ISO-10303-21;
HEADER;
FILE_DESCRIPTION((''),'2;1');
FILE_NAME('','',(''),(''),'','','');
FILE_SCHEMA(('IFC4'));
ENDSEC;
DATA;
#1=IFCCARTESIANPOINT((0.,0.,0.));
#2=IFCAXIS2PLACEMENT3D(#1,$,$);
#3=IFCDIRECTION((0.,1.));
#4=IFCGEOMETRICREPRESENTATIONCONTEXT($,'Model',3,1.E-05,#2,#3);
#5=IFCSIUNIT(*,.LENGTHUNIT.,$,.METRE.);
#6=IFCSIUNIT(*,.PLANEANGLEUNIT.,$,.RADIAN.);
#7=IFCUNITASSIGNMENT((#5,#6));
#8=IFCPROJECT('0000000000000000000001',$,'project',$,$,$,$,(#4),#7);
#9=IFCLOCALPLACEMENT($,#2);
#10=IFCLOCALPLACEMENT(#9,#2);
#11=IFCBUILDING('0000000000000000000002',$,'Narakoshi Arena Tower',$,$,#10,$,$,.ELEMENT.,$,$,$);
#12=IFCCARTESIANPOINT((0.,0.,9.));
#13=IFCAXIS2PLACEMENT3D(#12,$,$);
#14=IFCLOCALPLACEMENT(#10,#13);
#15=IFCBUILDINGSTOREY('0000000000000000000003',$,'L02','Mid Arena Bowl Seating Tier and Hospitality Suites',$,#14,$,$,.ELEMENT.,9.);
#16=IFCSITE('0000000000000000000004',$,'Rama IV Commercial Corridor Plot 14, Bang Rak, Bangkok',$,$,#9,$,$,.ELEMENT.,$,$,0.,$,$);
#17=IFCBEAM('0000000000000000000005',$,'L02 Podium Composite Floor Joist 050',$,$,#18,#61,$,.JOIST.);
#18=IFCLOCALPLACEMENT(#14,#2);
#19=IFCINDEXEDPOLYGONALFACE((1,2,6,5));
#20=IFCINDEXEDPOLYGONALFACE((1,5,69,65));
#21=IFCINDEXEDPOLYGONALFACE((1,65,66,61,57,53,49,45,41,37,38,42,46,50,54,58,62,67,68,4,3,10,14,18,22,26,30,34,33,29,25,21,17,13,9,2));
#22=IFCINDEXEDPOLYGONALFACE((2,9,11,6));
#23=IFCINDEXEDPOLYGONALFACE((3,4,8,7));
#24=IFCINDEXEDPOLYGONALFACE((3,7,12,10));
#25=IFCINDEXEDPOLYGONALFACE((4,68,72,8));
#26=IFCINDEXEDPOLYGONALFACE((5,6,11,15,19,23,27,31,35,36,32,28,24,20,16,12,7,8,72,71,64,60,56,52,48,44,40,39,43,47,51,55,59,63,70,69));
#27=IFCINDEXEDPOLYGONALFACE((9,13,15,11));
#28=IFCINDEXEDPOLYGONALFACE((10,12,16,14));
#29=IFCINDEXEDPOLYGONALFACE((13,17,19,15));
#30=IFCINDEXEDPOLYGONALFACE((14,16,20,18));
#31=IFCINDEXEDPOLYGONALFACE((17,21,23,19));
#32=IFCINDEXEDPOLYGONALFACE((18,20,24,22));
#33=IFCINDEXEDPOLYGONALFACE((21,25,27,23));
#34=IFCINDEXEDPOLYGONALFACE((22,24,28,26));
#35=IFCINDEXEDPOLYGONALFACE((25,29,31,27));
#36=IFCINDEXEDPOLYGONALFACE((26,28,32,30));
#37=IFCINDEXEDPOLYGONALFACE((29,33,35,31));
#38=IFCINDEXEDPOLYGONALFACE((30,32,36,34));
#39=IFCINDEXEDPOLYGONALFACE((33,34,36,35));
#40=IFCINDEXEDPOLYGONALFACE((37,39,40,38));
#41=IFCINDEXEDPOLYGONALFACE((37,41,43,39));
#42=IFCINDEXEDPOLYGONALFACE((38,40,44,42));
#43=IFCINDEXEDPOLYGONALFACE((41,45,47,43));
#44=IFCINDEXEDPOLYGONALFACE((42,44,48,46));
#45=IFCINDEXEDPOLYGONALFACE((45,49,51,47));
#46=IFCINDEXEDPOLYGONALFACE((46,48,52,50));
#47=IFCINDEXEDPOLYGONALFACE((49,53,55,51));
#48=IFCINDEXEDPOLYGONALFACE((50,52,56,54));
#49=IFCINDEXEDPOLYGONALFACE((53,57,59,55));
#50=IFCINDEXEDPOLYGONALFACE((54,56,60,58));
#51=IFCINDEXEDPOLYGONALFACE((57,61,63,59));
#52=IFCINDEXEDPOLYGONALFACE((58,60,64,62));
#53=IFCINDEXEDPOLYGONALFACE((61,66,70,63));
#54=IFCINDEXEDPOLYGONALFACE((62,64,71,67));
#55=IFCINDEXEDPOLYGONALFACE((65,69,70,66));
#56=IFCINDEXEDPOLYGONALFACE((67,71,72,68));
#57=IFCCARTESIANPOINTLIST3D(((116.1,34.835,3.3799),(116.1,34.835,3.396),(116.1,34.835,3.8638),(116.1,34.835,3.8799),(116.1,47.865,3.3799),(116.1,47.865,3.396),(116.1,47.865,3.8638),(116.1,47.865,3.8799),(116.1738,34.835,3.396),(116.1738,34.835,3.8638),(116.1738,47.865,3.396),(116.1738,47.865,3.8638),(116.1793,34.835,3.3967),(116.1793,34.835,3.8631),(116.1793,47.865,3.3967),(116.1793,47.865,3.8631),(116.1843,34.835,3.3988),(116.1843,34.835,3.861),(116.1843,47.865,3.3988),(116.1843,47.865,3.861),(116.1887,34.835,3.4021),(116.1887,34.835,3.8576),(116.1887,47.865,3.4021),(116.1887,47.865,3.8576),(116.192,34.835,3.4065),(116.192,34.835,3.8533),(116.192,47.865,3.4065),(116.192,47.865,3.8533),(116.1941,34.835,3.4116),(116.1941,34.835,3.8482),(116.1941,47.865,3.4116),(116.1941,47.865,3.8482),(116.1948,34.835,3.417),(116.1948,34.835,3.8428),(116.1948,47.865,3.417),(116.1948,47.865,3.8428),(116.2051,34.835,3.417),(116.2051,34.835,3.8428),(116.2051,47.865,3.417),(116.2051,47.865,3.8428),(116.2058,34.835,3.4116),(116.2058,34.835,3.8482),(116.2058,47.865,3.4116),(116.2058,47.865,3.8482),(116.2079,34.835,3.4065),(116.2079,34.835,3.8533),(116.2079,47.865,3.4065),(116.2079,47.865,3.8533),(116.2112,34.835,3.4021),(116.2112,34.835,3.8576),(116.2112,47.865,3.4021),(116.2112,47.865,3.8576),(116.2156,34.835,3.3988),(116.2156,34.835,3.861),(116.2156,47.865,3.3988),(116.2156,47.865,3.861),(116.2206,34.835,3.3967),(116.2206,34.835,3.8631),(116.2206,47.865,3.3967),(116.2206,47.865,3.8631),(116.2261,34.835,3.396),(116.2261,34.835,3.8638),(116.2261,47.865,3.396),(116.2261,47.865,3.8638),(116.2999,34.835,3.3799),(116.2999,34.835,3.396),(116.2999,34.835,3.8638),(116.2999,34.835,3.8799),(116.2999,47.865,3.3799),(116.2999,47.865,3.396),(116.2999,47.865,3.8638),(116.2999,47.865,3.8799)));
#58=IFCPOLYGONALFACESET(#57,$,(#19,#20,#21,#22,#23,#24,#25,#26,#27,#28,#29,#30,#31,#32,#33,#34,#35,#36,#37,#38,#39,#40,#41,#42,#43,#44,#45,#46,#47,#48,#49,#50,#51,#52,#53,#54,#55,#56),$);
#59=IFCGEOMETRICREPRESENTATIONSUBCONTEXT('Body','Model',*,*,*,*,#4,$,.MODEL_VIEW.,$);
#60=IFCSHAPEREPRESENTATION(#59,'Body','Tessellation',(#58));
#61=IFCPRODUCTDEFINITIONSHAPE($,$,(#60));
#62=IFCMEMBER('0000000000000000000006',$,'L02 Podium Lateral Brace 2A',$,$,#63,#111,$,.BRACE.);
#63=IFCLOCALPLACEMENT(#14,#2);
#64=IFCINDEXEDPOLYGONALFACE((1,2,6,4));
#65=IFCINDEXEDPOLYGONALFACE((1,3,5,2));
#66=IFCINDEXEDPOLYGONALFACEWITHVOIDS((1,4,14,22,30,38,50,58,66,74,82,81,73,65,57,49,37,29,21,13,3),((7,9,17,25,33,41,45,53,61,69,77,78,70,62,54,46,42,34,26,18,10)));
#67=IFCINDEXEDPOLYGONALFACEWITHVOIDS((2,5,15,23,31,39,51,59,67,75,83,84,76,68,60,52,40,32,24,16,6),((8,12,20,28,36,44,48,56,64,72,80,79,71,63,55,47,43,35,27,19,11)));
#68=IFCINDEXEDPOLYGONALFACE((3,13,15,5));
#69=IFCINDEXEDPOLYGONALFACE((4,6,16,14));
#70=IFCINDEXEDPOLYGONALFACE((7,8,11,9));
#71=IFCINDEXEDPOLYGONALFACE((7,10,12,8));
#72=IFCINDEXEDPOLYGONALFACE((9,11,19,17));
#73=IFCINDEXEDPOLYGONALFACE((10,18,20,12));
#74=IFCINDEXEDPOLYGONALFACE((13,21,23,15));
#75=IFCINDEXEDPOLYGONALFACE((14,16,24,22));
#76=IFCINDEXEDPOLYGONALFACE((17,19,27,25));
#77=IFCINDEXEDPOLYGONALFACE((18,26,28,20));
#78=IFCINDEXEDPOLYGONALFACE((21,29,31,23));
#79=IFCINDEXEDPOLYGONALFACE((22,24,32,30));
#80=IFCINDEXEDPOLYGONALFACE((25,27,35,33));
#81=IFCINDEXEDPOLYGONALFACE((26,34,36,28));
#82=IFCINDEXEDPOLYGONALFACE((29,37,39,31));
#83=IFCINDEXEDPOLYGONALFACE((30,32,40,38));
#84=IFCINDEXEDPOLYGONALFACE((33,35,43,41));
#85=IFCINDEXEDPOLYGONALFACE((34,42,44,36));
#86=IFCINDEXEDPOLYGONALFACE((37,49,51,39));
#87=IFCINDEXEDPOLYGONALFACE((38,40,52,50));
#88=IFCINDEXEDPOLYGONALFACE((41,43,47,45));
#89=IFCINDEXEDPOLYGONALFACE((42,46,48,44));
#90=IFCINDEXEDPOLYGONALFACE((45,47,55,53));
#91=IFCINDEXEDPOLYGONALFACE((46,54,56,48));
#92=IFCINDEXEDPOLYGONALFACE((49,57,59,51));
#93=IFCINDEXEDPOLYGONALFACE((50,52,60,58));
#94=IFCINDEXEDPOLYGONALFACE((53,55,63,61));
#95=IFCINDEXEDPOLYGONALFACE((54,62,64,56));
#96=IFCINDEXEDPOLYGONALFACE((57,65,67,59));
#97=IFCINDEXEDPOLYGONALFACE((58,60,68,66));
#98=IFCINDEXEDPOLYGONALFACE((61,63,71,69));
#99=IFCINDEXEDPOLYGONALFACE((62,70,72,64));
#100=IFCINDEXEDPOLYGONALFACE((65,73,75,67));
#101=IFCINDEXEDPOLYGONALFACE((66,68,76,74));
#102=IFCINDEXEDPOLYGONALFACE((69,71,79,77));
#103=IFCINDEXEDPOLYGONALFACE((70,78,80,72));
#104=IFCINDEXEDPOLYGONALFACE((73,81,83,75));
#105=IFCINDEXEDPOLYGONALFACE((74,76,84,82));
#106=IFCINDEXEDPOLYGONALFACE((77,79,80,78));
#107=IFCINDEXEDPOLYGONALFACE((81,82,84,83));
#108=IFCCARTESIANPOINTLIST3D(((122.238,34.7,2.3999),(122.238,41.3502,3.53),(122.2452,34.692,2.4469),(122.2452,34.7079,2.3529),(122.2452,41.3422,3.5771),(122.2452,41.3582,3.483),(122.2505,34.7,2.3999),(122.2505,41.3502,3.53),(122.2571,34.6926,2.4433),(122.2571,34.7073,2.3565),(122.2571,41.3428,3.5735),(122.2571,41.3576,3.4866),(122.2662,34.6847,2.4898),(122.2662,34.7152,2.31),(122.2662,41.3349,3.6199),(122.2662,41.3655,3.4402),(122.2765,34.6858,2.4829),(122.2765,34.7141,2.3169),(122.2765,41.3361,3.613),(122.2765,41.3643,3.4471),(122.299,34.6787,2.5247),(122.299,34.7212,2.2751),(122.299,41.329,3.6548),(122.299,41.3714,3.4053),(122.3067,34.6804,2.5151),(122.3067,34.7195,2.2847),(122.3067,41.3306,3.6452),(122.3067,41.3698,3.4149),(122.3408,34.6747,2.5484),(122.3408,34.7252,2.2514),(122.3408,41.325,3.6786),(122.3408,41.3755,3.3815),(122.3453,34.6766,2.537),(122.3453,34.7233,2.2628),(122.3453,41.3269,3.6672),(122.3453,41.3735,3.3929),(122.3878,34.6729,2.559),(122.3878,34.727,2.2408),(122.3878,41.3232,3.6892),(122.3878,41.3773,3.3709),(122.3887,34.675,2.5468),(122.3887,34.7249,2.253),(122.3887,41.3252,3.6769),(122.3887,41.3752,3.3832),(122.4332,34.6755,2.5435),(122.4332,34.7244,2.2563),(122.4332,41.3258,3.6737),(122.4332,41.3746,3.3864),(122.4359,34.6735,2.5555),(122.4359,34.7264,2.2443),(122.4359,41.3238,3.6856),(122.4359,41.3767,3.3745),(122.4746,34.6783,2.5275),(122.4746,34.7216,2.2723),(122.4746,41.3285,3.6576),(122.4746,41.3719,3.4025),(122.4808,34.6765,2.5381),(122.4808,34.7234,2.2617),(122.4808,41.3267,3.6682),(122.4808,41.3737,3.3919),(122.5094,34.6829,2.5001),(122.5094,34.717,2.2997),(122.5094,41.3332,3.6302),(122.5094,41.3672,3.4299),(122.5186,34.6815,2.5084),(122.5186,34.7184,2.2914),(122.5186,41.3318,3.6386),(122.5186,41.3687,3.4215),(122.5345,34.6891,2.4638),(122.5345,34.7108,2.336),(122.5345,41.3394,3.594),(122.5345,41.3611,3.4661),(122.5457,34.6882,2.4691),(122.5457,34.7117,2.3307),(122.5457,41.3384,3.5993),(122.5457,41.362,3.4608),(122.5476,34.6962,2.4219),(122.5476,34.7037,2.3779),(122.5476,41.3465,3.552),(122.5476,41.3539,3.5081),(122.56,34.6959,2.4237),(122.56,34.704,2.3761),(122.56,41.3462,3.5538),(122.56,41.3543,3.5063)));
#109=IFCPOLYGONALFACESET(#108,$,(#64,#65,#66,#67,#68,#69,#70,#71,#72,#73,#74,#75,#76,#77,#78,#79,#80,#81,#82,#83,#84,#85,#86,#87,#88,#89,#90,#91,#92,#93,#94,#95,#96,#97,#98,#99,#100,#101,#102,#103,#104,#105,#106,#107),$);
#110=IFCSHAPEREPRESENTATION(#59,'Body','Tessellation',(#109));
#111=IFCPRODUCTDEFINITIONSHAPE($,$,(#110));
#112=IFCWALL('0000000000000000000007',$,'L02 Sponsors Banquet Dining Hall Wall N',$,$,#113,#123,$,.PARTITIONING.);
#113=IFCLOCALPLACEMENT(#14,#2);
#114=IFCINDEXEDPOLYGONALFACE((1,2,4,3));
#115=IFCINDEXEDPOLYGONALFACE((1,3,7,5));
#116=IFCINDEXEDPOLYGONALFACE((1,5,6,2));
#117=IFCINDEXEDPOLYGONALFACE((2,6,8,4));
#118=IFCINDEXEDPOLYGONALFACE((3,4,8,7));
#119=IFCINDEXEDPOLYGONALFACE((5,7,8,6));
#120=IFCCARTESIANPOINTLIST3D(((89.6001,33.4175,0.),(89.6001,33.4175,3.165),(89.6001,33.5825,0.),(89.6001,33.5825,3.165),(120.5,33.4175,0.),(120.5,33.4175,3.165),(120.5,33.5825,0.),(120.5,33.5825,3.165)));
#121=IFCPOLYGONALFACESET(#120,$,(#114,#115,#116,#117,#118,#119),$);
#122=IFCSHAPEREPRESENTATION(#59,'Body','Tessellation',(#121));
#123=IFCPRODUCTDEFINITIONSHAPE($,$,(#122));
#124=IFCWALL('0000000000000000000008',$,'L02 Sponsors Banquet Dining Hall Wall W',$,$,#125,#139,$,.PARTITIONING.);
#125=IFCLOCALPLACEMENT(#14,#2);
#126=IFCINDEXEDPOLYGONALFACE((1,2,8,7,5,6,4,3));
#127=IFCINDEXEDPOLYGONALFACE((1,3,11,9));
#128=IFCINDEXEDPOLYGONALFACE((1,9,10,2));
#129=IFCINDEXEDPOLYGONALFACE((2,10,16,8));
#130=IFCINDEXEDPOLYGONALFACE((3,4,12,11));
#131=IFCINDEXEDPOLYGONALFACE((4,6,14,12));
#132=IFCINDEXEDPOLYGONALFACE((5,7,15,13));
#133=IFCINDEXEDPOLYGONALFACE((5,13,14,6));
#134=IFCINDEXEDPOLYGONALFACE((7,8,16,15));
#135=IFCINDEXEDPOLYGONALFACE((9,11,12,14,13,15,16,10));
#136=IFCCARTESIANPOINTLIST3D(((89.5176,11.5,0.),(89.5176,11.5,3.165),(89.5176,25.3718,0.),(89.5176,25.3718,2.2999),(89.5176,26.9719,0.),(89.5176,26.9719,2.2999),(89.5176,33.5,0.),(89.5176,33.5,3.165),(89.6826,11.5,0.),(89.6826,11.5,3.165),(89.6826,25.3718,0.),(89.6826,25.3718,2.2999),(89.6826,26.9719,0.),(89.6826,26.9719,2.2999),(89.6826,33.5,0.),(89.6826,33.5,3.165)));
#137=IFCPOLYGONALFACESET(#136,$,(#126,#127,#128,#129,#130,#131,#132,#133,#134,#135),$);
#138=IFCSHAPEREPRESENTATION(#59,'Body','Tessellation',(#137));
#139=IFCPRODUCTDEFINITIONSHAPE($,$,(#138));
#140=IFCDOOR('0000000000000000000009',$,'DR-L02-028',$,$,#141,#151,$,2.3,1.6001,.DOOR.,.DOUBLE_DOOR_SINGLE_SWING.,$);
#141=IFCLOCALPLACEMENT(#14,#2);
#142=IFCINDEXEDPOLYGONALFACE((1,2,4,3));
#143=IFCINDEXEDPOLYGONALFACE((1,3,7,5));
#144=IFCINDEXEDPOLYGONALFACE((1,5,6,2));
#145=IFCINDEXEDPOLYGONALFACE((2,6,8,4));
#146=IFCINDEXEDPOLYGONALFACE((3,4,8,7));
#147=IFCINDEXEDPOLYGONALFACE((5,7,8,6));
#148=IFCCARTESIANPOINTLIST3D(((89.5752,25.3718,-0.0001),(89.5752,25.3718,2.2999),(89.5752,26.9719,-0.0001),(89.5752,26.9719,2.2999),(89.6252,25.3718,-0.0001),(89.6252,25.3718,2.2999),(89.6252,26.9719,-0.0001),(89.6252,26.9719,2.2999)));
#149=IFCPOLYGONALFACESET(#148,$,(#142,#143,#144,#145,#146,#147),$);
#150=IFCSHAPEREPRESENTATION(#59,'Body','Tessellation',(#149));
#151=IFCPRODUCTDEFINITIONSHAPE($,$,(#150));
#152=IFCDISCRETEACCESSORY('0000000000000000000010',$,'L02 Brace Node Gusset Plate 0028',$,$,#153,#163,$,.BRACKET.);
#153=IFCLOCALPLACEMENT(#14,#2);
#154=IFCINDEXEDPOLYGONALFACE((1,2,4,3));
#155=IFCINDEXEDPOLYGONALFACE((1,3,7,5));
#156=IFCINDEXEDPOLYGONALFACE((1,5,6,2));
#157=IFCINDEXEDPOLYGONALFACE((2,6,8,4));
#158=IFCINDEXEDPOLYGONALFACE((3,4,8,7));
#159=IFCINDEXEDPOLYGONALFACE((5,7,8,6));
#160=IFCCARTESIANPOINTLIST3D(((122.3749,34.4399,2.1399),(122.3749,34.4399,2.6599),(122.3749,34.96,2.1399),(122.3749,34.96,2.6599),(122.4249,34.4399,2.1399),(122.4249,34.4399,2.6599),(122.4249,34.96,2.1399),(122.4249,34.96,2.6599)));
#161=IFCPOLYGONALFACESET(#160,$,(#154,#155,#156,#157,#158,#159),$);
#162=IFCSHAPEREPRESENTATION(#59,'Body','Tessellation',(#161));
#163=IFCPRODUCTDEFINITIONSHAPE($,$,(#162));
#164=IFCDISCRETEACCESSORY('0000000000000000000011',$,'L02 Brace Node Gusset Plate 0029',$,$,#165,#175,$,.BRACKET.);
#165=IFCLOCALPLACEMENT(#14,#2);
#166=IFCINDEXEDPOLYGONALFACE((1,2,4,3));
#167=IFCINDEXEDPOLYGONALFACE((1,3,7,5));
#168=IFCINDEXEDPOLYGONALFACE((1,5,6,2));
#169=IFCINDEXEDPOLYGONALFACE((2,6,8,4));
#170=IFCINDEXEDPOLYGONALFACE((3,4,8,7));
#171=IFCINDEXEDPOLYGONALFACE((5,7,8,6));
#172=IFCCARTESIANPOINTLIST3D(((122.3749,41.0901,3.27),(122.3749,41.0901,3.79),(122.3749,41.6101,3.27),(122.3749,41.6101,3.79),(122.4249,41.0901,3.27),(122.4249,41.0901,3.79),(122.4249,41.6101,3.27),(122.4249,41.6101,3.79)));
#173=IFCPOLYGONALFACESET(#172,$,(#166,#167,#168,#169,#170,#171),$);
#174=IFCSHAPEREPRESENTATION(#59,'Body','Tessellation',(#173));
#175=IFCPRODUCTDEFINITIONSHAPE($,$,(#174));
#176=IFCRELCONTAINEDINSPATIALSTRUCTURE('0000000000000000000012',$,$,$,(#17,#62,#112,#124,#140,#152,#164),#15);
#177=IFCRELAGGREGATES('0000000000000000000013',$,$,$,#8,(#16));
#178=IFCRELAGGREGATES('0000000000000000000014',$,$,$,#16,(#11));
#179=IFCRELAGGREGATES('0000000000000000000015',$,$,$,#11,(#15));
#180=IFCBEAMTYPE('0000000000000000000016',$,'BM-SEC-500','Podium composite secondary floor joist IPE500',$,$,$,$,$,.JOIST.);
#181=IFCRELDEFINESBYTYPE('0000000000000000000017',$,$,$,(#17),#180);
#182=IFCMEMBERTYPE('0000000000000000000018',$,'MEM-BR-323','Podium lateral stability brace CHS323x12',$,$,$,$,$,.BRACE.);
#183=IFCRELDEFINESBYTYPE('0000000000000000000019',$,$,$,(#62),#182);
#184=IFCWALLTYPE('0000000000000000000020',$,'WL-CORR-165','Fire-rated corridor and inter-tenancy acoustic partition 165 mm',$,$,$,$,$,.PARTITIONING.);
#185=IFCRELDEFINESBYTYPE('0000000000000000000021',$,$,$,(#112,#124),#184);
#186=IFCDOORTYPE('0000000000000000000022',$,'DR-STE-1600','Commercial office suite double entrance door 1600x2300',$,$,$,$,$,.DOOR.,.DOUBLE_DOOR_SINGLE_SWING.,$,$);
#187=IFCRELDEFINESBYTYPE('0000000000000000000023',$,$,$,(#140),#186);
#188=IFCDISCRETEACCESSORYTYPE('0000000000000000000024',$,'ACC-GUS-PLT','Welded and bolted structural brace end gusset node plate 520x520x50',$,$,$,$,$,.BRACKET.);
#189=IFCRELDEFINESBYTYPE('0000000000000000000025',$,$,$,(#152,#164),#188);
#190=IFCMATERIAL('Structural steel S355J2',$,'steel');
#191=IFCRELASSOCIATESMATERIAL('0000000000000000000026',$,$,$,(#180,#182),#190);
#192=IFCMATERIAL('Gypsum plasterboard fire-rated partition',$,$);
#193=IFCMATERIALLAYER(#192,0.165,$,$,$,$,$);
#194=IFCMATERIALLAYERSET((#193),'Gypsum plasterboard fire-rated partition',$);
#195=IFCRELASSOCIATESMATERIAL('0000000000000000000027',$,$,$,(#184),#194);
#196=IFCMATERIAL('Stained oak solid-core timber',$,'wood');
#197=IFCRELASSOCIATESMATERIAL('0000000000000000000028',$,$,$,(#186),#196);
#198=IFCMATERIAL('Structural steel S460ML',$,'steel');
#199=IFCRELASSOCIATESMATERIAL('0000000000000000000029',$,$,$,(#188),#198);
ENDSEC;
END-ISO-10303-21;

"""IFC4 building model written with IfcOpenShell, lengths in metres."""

from ifc_helpers import new_model, si_unit, direction, frame, frame_2d, origin, origin_2d, place, context, subcontext, project, spatial, rectangle, hollow_circle, i_section, extrude, material, layer, layer_set, material_profile, profile_set, type_object, element, fill, save


model = new_model("IFC4")

# Units and contexts
model_context = context("Model", 3, precision=1e-05, world=origin(), true_north=direction((0.0, 1.0)))
body_context = subcontext(model_context, "Body", "Model", "MODEL_VIEW")
ifc_project = project(units=[si_unit("LENGTHUNIT", "METRE"), si_unit("PLANEANGLEUNIT", "RADIAN")], contexts=[model_context])

# Site, building, storey
site_placement = place(None, origin())
site = spatial("IfcSite", under=ifc_project, at=site_placement, Name="Rama IV Commercial Corridor Plot 14, Bang Rak, Bangkok", CompositionType="ELEMENT", RefElevation=0.0)
building_placement = place(site_placement, origin())
building = spatial("IfcBuilding", under=site, at=building_placement, Name="Narakoshi Arena Tower", CompositionType="ELEMENT")
storey_placement = place(building_placement, frame((0.0, 0.0, 9.0)))
storey = spatial("IfcBuildingStorey", under=building, at=storey_placement, Name="L02", Description="Mid Arena Bowl Seating Tier and Hospitality Suites", CompositionType="ELEMENT", Elevation=9.0)

# Beam
ifc_material_1 = material(Name="Structural steel S355J2", Category="steel")
ifc_material_profile_1 = material_profile(ifc_material_1, i_section(OverallWidth=0.2, OverallDepth=0.5, WebThickness=0.0103, FlangeThickness=0.0161, FilletRadius=0.021, at=origin_2d()), Name="IPE500")
ifc_profile_set_1 = profile_set([ifc_material_profile_1], Name="Structural steel S355J2")
beam_type_1 = type_object("IfcBeamType", Name="BM-SEC-500", Description="Podium composite secondary floor joist IPE500", PredefinedType="JOIST", material=ifc_profile_set_1)
beam_1_placement = place(storey_placement, frame((116.2, 34.835, 3.6299), z_axis=(0.0, 1.0, 0.0), x_axis=(-1.0, 0.0, 0.0)))
element("IfcBeam", 1, at=beam_1_placement, inside=storey, type_object=beam_type_1, Name="L02 Podium Composite Floor Joist 050", PredefinedType="JOIST", context=body_context, shape_type="SweptSolid", body=[
    extrude(i_section(OverallWidth=0.2, OverallDepth=0.5, WebThickness=0.0103, FlangeThickness=0.0161, FilletRadius=0.021, at=origin_2d()), origin(), (0.0, 0.0, 1.0), 13.03),
])

# Member
ifc_material_profile_2 = material_profile(ifc_material_1, hollow_circle(Radius=0.1619, WallThickness=0.0125, at=origin_2d()), Name="CHS323x12")
ifc_profile_set_2 = profile_set([ifc_material_profile_2], Name="Structural steel S355J2")
member_type = type_object("IfcMemberType", Name="MEM-BR-323", Description="Podium lateral stability brace CHS323x12", PredefinedType="BRACE", material=ifc_profile_set_2)
member_placement = place(storey_placement, frame((122.3999, 34.7, 2.3999), z_axis=(0.0, 0.985866, 0.167538), x_axis=(-1.0, 0.0, 0.0)))
element("IfcMember", 2, at=member_placement, inside=storey, type_object=member_type, Name="L02 Podium Lateral Brace 2A", PredefinedType="BRACE", context=body_context, shape_type="SweptSolid", body=[
    extrude(hollow_circle(Radius=0.1619, WallThickness=0.0125, at=origin_2d()), origin(), (0.0, 0.0, 1.0), 6.7456),
])

# Wall
ifc_material_2 = material(Name="Gypsum plasterboard fire-rated partition")
ifc_layer = layer(ifc_material_2, 0.165)
ifc_layer_set = layer_set([ifc_layer], Name="Gypsum plasterboard fire-rated partition")
wall_type = type_object("IfcWallType", Name="WL-CORR-165", Description="Fire-rated corridor and inter-tenancy acoustic partition 165 mm", PredefinedType="PARTITIONING", material=ifc_layer_set)
wall_1_placement = place(storey_placement, frame((120.5, 33.5, 0.0), z_axis=(0.0, 0.0, 1.0), x_axis=(-1.0, 0.0, 0.0)))
element("IfcWall", 3, at=wall_1_placement, inside=storey, type_object=wall_type, Name="L02 Sponsors Banquet Dining Hall Wall N", PredefinedType="PARTITIONING", context=body_context, shape_type="SweptSolid", body=[
    extrude(rectangle(XDim=30.8999, YDim=0.165, at=frame_2d((15.45, 0.0))), origin(), (0.0, 0.0, 1.0), 3.165),
])

# Wall, opening, door
wall_2_placement = place(storey_placement, frame((89.6001, 33.5, 0.0), z_axis=(0.0, 0.0, 1.0), x_axis=(0.0, -1.0, 0.0)))
wall_2 = element("IfcWall", 4, at=wall_2_placement, inside=storey, type_object=wall_type, Name="L02 Sponsors Banquet Dining Hall Wall W", PredefinedType="PARTITIONING", context=body_context, shape_type="SweptSolid", body=[
    extrude(rectangle(XDim=22.0, YDim=0.165, at=frame_2d((11.0, 0.0))), origin(), (0.0, 0.0, 1.0), 3.165),
])
opening_placement = place(wall_2_placement, frame((6.5281, 0.0, 0.0)))
opening = element("IfcOpeningElement", 5, at=opening_placement, cuts=wall_2, PredefinedType="OPENING", context=body_context, shape_type="SweptSolid", body=[
    extrude(rectangle(XDim=1.6001, YDim=2.3, at=frame_2d((0.8, 1.1499))), frame((0.0, 0.0925, 0.0), z_axis=(0.0, -1.0, 0.0), x_axis=(1.0, 0.0, 0.0)), (0.0, 0.0, 1.0), 0.1851),
])
ifc_material_3 = material(Name="Stained oak solid-core timber", Category="wood")
door_type = type_object("IfcDoorType", Name="DR-STE-1600", Description="Commercial office suite double entrance door 1600x2300", OperationType="DOUBLE_DOOR_SINGLE_SWING", PredefinedType="DOOR", material=ifc_material_3)
door_placement = place(opening_placement, frame((1.6001, 0.0, 0.0), z_axis=(0.0, 0.0, 1.0), x_axis=(-1.0, 0.0, 0.0)))
door = element("IfcDoor", 6, at=door_placement, inside=storey, type_object=door_type, Name="DR-L02-028", OperationType="DOUBLE_DOOR_SINGLE_SWING", OverallHeight=2.3, OverallWidth=1.6001, PredefinedType="DOOR", context=body_context, shape_type="SweptSolid", body=[
    extrude(rectangle(XDim=1.6001, YDim=2.3, at=frame_2d((0.8, 1.1499))), frame((0.0, 0.0249, 0.0), z_axis=(0.0, -1.0, 0.0), x_axis=(1.0, 0.0, 0.0)), (0.0, 0.0, 1.0), 0.05),
])
fill(opening, door)

# Discrete accessories
ifc_material_4 = material(Name="Structural steel S460ML", Category="steel")
discrete_accessory_type = type_object("IfcDiscreteAccessoryType", Name="ACC-GUS-PLT", Description="Welded and bolted structural brace end gusset node plate 520x520x50", PredefinedType="BRACKET", material=ifc_material_4)
for number, where, z_axis, x_axis, name in (
    (7, (122.3999, 34.7, 2.1399), (0.0, 0.0, 1.0), (0.0, 1.0, 0.0), "L02 Brace Node Gusset Plate 0028"),
    (8, (122.3999, 41.3501, 3.27), (0.0, 0.0, 1.0), (0.0, 1.0, 0.0), "L02 Brace Node Gusset Plate 0029"),
):
    element("IfcDiscreteAccessory", number, at=place(storey_placement, frame(where, z_axis=z_axis, x_axis=x_axis)), inside=storey, type_object=discrete_accessory_type, Name=name, PredefinedType="BRACKET", context=body_context, shape_type="SweptSolid", body=[
        extrude(rectangle(XDim=0.52, YDim=0.05, at=origin_2d()), origin(), (0.0, 0.0, 1.0), 0.52),
    ])

save(model, "model.ifc")
